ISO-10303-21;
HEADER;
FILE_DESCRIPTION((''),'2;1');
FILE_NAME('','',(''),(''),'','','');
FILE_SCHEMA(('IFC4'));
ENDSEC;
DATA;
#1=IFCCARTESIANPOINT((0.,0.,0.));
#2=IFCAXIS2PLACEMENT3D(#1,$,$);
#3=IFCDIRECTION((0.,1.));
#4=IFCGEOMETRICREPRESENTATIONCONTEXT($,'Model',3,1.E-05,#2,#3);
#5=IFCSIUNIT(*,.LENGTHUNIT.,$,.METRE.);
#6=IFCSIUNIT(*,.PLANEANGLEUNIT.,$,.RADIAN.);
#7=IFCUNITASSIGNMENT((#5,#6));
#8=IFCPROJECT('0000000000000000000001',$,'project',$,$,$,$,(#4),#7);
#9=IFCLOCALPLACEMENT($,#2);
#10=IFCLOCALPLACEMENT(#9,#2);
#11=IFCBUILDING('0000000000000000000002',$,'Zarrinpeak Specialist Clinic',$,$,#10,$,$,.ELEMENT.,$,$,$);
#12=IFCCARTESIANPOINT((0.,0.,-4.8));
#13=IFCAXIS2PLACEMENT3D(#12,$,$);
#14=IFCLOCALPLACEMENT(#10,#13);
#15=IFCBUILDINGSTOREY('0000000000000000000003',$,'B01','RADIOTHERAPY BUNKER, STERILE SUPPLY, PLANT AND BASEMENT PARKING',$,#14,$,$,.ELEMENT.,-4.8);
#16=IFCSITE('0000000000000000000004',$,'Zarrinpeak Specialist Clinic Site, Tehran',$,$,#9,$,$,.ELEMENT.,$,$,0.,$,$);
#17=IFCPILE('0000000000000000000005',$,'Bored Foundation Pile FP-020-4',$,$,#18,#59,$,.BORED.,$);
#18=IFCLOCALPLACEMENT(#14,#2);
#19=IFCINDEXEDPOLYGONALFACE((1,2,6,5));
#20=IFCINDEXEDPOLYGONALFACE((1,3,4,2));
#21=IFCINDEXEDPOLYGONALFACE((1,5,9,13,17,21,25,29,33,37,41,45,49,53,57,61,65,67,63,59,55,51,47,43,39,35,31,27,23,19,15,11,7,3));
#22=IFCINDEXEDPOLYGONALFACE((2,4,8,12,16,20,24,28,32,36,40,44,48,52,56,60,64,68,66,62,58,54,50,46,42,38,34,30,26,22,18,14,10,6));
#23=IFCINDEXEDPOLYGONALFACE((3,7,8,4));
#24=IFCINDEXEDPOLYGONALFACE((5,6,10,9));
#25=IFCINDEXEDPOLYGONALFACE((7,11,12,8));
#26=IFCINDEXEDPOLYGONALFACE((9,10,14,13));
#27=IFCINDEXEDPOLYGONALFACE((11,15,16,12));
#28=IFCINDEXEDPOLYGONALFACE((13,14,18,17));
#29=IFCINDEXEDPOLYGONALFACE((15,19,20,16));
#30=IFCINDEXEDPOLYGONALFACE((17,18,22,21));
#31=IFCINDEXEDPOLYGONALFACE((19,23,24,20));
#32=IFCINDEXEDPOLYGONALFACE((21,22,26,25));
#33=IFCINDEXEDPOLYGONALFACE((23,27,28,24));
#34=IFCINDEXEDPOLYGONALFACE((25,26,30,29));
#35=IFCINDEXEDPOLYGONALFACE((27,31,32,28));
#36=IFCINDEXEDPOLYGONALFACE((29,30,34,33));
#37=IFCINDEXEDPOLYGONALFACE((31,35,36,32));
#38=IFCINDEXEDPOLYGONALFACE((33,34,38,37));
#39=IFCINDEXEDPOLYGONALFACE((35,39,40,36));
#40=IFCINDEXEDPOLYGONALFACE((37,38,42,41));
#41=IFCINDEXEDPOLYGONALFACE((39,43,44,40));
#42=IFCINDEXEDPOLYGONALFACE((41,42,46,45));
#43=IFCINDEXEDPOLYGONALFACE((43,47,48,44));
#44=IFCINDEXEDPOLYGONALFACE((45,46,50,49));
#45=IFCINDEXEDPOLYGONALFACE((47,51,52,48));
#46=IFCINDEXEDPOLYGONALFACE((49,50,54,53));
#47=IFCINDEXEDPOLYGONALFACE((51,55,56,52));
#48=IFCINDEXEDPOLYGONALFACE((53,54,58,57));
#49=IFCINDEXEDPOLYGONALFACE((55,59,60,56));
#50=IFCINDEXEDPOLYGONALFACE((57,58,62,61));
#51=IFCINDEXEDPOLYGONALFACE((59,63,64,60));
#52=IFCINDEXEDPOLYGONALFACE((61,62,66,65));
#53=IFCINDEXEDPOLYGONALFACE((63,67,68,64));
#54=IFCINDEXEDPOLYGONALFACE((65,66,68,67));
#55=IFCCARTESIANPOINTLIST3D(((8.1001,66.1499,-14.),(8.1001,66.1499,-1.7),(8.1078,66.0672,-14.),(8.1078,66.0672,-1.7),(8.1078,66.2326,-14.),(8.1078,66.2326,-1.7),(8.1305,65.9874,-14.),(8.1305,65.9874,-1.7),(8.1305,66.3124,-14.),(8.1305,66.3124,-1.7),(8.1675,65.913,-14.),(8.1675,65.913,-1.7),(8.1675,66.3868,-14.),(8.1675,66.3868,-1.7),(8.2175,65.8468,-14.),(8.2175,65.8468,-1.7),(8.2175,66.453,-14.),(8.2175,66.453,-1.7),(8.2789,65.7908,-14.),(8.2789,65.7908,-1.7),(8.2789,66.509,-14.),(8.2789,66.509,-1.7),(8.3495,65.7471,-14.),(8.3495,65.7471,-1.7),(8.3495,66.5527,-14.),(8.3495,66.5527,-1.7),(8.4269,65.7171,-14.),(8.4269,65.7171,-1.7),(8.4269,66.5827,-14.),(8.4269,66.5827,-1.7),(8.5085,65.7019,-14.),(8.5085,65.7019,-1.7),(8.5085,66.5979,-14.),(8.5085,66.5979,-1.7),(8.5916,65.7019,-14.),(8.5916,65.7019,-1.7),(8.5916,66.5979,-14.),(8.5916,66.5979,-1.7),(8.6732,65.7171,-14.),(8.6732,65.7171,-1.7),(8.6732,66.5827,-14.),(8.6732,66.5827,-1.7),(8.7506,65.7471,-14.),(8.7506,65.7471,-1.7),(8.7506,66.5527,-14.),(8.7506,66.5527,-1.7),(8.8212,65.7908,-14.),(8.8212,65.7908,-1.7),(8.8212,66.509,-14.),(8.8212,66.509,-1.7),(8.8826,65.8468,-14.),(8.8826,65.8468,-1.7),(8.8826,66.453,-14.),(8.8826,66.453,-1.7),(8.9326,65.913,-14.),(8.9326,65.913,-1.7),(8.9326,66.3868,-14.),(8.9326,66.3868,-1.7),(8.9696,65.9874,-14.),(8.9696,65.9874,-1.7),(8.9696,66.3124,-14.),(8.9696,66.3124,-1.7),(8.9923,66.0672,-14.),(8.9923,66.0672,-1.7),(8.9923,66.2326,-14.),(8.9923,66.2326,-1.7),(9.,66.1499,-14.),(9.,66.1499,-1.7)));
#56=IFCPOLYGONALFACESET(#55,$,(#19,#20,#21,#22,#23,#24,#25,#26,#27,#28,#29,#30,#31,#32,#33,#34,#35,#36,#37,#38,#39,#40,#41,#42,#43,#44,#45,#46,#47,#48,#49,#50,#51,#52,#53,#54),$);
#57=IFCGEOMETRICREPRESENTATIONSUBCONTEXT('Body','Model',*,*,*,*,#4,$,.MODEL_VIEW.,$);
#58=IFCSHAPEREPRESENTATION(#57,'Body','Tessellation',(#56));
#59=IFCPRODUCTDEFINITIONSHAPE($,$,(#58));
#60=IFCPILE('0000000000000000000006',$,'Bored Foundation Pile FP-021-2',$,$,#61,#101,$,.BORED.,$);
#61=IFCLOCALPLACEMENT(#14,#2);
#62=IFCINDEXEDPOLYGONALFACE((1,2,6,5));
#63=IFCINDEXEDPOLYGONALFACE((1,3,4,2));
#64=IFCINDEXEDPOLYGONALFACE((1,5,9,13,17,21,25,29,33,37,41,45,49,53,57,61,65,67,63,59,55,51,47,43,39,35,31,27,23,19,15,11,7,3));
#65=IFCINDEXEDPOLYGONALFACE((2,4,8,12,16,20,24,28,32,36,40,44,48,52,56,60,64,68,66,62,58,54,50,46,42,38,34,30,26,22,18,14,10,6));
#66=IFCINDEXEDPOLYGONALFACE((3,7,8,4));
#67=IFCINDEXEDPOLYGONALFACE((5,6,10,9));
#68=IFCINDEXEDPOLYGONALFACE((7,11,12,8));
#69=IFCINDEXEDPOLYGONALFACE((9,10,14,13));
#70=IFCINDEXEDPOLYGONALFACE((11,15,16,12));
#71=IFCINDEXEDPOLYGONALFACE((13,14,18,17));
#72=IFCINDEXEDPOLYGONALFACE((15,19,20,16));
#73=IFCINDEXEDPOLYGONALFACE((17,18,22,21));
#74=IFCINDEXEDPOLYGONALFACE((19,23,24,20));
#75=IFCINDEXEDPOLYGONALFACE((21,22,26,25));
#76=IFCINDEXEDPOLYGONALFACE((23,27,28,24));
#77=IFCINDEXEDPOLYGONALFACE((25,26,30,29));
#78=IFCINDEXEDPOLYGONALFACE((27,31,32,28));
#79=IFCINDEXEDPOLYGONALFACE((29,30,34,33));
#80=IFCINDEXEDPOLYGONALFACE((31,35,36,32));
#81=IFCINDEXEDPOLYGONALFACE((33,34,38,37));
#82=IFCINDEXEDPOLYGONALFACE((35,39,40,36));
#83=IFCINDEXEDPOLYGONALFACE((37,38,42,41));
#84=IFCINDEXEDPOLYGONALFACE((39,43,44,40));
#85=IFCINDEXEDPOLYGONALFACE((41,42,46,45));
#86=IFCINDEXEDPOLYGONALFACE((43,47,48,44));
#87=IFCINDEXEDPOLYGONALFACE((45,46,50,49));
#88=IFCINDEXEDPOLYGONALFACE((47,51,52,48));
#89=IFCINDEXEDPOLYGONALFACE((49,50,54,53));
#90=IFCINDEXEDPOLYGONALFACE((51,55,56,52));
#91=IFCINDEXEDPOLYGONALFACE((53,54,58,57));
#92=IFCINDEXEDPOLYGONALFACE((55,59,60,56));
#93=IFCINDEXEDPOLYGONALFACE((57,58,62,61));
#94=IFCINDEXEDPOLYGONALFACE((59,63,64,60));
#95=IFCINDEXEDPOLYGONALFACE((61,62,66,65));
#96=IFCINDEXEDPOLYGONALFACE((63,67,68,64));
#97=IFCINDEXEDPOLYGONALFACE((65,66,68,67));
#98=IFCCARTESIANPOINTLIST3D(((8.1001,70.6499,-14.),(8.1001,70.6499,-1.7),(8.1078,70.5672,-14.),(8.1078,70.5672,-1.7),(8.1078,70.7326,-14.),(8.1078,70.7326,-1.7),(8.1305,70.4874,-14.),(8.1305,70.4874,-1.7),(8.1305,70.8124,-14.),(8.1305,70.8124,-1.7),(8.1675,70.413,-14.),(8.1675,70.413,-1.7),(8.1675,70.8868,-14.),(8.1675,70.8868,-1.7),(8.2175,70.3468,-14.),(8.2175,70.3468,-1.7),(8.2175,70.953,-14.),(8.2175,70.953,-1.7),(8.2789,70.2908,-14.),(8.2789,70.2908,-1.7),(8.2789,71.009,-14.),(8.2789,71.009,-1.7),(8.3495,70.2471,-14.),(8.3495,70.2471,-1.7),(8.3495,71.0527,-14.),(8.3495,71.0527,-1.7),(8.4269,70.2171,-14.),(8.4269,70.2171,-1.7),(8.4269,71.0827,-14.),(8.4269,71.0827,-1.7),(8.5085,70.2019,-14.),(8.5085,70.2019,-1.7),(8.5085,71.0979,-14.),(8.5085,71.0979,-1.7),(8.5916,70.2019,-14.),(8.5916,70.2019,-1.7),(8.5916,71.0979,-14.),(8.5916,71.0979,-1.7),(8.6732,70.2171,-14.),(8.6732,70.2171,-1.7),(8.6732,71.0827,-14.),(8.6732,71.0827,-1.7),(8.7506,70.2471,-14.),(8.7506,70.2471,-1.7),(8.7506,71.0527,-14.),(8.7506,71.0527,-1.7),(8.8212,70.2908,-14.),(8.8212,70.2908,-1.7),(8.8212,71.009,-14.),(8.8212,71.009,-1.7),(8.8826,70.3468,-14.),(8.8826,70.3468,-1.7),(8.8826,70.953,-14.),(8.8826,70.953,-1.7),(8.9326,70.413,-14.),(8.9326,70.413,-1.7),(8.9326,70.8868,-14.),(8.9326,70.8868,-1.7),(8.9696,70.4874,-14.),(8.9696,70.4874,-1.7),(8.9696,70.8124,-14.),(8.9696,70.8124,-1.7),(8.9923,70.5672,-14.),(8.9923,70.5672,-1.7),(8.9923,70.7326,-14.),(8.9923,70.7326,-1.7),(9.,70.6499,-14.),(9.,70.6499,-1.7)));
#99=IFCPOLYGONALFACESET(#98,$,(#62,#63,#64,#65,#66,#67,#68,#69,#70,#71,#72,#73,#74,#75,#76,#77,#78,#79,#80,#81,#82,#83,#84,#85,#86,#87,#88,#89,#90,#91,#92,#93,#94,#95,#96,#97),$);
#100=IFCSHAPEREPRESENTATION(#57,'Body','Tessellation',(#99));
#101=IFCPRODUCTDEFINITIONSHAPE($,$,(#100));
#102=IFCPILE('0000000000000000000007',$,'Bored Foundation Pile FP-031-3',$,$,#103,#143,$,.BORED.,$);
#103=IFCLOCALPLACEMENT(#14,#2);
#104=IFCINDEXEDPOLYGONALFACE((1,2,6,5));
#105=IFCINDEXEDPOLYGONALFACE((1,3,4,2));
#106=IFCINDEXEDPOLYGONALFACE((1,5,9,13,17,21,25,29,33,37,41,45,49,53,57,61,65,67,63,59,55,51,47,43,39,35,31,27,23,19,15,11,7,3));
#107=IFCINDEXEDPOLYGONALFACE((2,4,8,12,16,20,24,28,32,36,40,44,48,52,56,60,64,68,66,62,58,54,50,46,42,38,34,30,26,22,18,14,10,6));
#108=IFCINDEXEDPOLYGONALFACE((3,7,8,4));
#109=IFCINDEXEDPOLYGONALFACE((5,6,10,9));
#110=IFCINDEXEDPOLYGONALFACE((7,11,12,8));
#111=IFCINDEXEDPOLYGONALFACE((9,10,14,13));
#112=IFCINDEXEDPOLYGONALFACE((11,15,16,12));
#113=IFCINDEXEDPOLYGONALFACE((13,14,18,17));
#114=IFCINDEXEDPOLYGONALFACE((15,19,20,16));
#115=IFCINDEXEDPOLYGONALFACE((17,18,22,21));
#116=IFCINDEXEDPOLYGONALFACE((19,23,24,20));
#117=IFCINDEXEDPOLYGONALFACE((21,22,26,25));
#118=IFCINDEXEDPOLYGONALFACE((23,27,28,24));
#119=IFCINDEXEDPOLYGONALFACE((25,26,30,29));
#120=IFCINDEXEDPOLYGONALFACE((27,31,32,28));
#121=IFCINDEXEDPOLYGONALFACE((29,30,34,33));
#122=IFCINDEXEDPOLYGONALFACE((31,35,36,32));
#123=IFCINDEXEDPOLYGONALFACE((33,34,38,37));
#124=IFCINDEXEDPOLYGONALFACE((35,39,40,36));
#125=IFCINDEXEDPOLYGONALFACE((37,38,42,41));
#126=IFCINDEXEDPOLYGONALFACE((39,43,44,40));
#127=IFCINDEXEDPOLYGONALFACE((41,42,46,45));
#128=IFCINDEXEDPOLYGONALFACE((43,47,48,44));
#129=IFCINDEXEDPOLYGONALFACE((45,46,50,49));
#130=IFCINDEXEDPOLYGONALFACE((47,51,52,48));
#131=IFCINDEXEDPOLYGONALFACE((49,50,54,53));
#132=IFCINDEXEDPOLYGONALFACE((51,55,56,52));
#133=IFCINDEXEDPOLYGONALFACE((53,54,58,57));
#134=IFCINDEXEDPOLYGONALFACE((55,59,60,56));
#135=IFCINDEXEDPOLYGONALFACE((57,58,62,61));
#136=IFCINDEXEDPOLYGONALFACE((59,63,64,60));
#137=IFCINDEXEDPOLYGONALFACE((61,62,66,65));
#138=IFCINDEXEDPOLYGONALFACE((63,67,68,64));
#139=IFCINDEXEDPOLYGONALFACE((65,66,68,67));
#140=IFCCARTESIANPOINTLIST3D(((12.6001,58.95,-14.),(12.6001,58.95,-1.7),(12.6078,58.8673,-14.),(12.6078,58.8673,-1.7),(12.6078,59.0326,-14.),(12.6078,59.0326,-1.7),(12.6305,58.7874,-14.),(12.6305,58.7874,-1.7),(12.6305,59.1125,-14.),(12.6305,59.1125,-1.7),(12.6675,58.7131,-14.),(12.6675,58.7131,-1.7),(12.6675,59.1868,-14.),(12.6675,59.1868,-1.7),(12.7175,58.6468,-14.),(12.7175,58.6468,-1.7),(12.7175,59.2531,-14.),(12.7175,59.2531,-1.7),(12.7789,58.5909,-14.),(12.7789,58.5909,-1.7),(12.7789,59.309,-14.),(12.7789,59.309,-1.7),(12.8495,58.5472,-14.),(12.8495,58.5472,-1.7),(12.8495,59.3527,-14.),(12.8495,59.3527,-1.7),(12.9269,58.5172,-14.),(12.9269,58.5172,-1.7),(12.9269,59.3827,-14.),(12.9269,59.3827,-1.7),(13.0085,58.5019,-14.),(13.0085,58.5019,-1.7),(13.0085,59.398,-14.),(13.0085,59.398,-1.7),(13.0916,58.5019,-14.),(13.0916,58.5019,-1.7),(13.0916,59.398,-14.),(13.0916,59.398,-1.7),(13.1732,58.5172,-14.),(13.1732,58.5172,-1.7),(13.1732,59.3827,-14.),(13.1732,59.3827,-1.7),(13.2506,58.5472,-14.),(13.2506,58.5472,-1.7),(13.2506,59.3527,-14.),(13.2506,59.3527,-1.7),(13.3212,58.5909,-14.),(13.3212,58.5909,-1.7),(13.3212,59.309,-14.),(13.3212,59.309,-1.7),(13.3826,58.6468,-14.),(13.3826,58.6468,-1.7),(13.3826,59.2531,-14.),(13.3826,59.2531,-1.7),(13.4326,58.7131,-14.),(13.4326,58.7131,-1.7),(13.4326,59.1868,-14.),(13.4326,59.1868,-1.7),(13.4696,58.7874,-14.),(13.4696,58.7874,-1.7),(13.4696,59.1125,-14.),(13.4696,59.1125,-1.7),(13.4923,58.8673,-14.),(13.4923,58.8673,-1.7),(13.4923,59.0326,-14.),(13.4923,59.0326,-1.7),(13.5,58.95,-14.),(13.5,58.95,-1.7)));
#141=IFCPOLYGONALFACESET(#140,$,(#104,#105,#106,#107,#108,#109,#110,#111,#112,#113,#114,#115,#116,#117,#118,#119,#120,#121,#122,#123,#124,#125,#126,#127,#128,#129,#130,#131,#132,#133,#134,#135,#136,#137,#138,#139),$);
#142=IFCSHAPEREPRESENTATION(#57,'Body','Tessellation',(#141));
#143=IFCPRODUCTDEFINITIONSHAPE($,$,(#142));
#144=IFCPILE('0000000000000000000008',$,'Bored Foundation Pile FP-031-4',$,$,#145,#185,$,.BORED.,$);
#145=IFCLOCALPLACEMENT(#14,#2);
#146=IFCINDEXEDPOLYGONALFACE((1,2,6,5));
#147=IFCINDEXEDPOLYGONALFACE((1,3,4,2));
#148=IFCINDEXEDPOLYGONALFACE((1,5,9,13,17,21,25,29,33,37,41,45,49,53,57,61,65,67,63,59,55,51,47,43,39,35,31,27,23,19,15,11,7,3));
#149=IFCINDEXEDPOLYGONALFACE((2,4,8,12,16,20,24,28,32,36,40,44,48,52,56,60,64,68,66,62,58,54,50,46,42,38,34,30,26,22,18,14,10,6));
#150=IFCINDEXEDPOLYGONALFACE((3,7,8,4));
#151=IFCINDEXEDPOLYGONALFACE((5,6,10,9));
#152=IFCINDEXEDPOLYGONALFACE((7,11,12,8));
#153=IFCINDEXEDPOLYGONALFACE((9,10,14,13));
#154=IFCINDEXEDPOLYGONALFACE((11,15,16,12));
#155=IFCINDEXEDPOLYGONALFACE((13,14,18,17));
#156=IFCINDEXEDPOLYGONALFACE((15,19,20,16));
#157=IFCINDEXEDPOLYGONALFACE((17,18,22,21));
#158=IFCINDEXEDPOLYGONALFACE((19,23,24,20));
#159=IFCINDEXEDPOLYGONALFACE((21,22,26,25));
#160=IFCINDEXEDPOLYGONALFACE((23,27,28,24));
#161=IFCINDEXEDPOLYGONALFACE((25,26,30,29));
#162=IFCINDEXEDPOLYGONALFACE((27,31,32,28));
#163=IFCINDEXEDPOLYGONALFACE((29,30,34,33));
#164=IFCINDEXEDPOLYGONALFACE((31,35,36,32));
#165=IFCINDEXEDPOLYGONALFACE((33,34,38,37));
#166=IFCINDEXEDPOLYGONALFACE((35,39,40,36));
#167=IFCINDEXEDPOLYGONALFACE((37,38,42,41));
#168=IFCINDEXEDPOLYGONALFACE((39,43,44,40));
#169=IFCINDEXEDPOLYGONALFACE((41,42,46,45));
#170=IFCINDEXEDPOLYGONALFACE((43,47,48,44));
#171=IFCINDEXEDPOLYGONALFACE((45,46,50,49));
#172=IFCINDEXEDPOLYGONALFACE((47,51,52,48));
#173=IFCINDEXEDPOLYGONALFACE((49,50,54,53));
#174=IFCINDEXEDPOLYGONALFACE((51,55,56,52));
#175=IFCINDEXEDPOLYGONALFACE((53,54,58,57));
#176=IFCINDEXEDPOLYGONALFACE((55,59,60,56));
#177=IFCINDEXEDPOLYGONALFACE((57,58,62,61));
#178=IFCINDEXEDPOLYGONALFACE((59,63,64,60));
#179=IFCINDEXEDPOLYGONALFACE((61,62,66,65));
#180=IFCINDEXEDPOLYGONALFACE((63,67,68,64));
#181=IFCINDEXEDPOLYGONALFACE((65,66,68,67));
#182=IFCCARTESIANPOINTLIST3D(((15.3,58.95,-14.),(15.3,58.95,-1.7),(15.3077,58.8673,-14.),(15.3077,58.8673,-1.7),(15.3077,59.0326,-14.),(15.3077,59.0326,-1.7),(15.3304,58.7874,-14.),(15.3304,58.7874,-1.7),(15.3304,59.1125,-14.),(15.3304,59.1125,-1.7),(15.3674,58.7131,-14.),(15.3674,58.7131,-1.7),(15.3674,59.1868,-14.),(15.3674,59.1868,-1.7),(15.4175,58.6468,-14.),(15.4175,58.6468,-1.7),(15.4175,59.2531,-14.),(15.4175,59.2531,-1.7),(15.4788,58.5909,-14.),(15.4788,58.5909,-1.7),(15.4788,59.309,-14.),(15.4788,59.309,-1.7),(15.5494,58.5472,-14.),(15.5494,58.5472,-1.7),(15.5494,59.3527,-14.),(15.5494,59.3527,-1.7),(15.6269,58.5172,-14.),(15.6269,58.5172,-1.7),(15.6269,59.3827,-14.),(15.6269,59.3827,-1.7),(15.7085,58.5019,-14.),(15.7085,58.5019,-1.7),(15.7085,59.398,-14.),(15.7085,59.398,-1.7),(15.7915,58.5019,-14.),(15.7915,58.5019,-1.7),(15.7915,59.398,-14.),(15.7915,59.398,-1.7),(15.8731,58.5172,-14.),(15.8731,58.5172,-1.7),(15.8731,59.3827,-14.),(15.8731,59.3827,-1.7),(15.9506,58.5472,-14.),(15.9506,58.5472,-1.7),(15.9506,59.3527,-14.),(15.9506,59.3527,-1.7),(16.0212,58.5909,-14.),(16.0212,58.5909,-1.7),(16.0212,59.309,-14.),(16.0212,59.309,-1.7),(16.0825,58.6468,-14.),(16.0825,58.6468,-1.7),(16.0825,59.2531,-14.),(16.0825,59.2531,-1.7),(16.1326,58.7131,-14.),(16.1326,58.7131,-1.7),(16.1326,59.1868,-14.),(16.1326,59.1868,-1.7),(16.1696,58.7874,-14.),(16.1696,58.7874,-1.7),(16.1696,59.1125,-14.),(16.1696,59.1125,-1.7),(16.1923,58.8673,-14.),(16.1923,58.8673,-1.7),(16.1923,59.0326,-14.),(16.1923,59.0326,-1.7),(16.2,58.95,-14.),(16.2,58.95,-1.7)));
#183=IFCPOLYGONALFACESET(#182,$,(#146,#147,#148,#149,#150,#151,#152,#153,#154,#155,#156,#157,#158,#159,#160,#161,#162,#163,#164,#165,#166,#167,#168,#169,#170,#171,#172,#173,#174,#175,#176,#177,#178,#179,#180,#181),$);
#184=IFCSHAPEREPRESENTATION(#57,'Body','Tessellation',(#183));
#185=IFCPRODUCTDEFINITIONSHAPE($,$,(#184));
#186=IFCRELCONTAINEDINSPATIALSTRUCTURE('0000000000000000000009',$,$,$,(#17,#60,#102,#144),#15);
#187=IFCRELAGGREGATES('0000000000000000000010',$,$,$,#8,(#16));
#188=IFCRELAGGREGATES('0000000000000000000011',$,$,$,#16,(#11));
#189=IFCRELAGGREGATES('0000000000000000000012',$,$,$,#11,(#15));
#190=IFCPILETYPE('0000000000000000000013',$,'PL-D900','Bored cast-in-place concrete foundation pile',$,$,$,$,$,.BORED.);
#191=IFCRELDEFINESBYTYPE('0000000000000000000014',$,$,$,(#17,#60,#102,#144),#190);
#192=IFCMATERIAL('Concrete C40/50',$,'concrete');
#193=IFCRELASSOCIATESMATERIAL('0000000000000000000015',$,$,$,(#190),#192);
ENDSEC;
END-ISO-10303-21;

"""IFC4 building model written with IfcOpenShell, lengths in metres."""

from ifc_helpers import new_model, si_unit, direction, frame, origin, origin_2d, place, context, subcontext, project, spatial, circle, extrude, material, material_profile, profile_set, type_object, element, save


model = new_model("IFC4")

# Units and contexts
model_context = context("Model", 3, precision=1e-05, world=origin(), true_north=direction((0.0, 1.0)))
body_context = subcontext(model_context, "Body", "Model", "MODEL_VIEW")
ifc_project = project(units=[si_unit("LENGTHUNIT", "METRE"), si_unit("PLANEANGLEUNIT", "RADIAN")], contexts=[model_context])

# Site, building, storey
site_placement = place(None, origin())
site = spatial("IfcSite", under=ifc_project, at=site_placement, Name="Zarrinpeak Specialist Clinic Site, Tehran", CompositionType="ELEMENT", RefElevation=0.0)
building_placement = place(site_placement, origin())
building = spatial("IfcBuilding", under=site, at=building_placement, Name="Zarrinpeak Specialist Clinic", CompositionType="ELEMENT")
storey_placement = place(building_placement, frame((0.0, 0.0, -4.8)))
storey = spatial("IfcBuildingStorey", under=building, at=storey_placement, Name="B01", Description="RADIOTHERAPY BUNKER, STERILE SUPPLY, PLANT AND BASEMENT PARKING", CompositionType="ELEMENT", Elevation=-4.8)

# Shared definitions
ifc_material_1 = material(Name="Concrete C40/50", Category="concrete")

# Piles
ifc_material_profile_1 = material_profile(ifc_material_1, circle(Radius=0.45, at=origin_2d()), Name="BORED PILE D900")
ifc_profile_set_1 = profile_set([ifc_material_profile_1], Name="Concrete C40/50")
pile_type = type_object("IfcPileType", Name="PL-D900", Description="Bored cast-in-place concrete foundation pile", PredefinedType="BORED", material=ifc_profile_set_1)
for number, where, z_axis, x_axis, name in (
    (1, (8.55, 66.1499, -1.7), (0.0, 0.0, -1.0), (1.0, 0.0, 0.0), "Bored Foundation Pile FP-020-4"),
    (2, (8.55, 70.6499, -1.7), (0.0, 0.0, -1.0), (1.0, 0.0, 0.0), "Bored Foundation Pile FP-021-2"),
    (3, (13.05, 58.95, -1.7), (0.0, 0.0, -1.0), (1.0, 0.0, 0.0), "Bored Foundation Pile FP-031-3"),
    (4, (15.75, 58.95, -1.7), (0.0, 0.0, -1.0), (1.0, 0.0, 0.0), "Bored Foundation Pile FP-031-4"),
):
    element("IfcPile", number, at=place(storey_placement, frame(where, z_axis=z_axis, x_axis=x_axis)), inside=storey, type_object=pile_type, Name=name, PredefinedType="BORED", context=body_context, shape_type="SweptSolid", body=[
        extrude(circle(Radius=0.45, at=origin_2d()), origin(), (0.0, 0.0, 1.0), 12.3),
    ])

save(model, "model.ifc")
